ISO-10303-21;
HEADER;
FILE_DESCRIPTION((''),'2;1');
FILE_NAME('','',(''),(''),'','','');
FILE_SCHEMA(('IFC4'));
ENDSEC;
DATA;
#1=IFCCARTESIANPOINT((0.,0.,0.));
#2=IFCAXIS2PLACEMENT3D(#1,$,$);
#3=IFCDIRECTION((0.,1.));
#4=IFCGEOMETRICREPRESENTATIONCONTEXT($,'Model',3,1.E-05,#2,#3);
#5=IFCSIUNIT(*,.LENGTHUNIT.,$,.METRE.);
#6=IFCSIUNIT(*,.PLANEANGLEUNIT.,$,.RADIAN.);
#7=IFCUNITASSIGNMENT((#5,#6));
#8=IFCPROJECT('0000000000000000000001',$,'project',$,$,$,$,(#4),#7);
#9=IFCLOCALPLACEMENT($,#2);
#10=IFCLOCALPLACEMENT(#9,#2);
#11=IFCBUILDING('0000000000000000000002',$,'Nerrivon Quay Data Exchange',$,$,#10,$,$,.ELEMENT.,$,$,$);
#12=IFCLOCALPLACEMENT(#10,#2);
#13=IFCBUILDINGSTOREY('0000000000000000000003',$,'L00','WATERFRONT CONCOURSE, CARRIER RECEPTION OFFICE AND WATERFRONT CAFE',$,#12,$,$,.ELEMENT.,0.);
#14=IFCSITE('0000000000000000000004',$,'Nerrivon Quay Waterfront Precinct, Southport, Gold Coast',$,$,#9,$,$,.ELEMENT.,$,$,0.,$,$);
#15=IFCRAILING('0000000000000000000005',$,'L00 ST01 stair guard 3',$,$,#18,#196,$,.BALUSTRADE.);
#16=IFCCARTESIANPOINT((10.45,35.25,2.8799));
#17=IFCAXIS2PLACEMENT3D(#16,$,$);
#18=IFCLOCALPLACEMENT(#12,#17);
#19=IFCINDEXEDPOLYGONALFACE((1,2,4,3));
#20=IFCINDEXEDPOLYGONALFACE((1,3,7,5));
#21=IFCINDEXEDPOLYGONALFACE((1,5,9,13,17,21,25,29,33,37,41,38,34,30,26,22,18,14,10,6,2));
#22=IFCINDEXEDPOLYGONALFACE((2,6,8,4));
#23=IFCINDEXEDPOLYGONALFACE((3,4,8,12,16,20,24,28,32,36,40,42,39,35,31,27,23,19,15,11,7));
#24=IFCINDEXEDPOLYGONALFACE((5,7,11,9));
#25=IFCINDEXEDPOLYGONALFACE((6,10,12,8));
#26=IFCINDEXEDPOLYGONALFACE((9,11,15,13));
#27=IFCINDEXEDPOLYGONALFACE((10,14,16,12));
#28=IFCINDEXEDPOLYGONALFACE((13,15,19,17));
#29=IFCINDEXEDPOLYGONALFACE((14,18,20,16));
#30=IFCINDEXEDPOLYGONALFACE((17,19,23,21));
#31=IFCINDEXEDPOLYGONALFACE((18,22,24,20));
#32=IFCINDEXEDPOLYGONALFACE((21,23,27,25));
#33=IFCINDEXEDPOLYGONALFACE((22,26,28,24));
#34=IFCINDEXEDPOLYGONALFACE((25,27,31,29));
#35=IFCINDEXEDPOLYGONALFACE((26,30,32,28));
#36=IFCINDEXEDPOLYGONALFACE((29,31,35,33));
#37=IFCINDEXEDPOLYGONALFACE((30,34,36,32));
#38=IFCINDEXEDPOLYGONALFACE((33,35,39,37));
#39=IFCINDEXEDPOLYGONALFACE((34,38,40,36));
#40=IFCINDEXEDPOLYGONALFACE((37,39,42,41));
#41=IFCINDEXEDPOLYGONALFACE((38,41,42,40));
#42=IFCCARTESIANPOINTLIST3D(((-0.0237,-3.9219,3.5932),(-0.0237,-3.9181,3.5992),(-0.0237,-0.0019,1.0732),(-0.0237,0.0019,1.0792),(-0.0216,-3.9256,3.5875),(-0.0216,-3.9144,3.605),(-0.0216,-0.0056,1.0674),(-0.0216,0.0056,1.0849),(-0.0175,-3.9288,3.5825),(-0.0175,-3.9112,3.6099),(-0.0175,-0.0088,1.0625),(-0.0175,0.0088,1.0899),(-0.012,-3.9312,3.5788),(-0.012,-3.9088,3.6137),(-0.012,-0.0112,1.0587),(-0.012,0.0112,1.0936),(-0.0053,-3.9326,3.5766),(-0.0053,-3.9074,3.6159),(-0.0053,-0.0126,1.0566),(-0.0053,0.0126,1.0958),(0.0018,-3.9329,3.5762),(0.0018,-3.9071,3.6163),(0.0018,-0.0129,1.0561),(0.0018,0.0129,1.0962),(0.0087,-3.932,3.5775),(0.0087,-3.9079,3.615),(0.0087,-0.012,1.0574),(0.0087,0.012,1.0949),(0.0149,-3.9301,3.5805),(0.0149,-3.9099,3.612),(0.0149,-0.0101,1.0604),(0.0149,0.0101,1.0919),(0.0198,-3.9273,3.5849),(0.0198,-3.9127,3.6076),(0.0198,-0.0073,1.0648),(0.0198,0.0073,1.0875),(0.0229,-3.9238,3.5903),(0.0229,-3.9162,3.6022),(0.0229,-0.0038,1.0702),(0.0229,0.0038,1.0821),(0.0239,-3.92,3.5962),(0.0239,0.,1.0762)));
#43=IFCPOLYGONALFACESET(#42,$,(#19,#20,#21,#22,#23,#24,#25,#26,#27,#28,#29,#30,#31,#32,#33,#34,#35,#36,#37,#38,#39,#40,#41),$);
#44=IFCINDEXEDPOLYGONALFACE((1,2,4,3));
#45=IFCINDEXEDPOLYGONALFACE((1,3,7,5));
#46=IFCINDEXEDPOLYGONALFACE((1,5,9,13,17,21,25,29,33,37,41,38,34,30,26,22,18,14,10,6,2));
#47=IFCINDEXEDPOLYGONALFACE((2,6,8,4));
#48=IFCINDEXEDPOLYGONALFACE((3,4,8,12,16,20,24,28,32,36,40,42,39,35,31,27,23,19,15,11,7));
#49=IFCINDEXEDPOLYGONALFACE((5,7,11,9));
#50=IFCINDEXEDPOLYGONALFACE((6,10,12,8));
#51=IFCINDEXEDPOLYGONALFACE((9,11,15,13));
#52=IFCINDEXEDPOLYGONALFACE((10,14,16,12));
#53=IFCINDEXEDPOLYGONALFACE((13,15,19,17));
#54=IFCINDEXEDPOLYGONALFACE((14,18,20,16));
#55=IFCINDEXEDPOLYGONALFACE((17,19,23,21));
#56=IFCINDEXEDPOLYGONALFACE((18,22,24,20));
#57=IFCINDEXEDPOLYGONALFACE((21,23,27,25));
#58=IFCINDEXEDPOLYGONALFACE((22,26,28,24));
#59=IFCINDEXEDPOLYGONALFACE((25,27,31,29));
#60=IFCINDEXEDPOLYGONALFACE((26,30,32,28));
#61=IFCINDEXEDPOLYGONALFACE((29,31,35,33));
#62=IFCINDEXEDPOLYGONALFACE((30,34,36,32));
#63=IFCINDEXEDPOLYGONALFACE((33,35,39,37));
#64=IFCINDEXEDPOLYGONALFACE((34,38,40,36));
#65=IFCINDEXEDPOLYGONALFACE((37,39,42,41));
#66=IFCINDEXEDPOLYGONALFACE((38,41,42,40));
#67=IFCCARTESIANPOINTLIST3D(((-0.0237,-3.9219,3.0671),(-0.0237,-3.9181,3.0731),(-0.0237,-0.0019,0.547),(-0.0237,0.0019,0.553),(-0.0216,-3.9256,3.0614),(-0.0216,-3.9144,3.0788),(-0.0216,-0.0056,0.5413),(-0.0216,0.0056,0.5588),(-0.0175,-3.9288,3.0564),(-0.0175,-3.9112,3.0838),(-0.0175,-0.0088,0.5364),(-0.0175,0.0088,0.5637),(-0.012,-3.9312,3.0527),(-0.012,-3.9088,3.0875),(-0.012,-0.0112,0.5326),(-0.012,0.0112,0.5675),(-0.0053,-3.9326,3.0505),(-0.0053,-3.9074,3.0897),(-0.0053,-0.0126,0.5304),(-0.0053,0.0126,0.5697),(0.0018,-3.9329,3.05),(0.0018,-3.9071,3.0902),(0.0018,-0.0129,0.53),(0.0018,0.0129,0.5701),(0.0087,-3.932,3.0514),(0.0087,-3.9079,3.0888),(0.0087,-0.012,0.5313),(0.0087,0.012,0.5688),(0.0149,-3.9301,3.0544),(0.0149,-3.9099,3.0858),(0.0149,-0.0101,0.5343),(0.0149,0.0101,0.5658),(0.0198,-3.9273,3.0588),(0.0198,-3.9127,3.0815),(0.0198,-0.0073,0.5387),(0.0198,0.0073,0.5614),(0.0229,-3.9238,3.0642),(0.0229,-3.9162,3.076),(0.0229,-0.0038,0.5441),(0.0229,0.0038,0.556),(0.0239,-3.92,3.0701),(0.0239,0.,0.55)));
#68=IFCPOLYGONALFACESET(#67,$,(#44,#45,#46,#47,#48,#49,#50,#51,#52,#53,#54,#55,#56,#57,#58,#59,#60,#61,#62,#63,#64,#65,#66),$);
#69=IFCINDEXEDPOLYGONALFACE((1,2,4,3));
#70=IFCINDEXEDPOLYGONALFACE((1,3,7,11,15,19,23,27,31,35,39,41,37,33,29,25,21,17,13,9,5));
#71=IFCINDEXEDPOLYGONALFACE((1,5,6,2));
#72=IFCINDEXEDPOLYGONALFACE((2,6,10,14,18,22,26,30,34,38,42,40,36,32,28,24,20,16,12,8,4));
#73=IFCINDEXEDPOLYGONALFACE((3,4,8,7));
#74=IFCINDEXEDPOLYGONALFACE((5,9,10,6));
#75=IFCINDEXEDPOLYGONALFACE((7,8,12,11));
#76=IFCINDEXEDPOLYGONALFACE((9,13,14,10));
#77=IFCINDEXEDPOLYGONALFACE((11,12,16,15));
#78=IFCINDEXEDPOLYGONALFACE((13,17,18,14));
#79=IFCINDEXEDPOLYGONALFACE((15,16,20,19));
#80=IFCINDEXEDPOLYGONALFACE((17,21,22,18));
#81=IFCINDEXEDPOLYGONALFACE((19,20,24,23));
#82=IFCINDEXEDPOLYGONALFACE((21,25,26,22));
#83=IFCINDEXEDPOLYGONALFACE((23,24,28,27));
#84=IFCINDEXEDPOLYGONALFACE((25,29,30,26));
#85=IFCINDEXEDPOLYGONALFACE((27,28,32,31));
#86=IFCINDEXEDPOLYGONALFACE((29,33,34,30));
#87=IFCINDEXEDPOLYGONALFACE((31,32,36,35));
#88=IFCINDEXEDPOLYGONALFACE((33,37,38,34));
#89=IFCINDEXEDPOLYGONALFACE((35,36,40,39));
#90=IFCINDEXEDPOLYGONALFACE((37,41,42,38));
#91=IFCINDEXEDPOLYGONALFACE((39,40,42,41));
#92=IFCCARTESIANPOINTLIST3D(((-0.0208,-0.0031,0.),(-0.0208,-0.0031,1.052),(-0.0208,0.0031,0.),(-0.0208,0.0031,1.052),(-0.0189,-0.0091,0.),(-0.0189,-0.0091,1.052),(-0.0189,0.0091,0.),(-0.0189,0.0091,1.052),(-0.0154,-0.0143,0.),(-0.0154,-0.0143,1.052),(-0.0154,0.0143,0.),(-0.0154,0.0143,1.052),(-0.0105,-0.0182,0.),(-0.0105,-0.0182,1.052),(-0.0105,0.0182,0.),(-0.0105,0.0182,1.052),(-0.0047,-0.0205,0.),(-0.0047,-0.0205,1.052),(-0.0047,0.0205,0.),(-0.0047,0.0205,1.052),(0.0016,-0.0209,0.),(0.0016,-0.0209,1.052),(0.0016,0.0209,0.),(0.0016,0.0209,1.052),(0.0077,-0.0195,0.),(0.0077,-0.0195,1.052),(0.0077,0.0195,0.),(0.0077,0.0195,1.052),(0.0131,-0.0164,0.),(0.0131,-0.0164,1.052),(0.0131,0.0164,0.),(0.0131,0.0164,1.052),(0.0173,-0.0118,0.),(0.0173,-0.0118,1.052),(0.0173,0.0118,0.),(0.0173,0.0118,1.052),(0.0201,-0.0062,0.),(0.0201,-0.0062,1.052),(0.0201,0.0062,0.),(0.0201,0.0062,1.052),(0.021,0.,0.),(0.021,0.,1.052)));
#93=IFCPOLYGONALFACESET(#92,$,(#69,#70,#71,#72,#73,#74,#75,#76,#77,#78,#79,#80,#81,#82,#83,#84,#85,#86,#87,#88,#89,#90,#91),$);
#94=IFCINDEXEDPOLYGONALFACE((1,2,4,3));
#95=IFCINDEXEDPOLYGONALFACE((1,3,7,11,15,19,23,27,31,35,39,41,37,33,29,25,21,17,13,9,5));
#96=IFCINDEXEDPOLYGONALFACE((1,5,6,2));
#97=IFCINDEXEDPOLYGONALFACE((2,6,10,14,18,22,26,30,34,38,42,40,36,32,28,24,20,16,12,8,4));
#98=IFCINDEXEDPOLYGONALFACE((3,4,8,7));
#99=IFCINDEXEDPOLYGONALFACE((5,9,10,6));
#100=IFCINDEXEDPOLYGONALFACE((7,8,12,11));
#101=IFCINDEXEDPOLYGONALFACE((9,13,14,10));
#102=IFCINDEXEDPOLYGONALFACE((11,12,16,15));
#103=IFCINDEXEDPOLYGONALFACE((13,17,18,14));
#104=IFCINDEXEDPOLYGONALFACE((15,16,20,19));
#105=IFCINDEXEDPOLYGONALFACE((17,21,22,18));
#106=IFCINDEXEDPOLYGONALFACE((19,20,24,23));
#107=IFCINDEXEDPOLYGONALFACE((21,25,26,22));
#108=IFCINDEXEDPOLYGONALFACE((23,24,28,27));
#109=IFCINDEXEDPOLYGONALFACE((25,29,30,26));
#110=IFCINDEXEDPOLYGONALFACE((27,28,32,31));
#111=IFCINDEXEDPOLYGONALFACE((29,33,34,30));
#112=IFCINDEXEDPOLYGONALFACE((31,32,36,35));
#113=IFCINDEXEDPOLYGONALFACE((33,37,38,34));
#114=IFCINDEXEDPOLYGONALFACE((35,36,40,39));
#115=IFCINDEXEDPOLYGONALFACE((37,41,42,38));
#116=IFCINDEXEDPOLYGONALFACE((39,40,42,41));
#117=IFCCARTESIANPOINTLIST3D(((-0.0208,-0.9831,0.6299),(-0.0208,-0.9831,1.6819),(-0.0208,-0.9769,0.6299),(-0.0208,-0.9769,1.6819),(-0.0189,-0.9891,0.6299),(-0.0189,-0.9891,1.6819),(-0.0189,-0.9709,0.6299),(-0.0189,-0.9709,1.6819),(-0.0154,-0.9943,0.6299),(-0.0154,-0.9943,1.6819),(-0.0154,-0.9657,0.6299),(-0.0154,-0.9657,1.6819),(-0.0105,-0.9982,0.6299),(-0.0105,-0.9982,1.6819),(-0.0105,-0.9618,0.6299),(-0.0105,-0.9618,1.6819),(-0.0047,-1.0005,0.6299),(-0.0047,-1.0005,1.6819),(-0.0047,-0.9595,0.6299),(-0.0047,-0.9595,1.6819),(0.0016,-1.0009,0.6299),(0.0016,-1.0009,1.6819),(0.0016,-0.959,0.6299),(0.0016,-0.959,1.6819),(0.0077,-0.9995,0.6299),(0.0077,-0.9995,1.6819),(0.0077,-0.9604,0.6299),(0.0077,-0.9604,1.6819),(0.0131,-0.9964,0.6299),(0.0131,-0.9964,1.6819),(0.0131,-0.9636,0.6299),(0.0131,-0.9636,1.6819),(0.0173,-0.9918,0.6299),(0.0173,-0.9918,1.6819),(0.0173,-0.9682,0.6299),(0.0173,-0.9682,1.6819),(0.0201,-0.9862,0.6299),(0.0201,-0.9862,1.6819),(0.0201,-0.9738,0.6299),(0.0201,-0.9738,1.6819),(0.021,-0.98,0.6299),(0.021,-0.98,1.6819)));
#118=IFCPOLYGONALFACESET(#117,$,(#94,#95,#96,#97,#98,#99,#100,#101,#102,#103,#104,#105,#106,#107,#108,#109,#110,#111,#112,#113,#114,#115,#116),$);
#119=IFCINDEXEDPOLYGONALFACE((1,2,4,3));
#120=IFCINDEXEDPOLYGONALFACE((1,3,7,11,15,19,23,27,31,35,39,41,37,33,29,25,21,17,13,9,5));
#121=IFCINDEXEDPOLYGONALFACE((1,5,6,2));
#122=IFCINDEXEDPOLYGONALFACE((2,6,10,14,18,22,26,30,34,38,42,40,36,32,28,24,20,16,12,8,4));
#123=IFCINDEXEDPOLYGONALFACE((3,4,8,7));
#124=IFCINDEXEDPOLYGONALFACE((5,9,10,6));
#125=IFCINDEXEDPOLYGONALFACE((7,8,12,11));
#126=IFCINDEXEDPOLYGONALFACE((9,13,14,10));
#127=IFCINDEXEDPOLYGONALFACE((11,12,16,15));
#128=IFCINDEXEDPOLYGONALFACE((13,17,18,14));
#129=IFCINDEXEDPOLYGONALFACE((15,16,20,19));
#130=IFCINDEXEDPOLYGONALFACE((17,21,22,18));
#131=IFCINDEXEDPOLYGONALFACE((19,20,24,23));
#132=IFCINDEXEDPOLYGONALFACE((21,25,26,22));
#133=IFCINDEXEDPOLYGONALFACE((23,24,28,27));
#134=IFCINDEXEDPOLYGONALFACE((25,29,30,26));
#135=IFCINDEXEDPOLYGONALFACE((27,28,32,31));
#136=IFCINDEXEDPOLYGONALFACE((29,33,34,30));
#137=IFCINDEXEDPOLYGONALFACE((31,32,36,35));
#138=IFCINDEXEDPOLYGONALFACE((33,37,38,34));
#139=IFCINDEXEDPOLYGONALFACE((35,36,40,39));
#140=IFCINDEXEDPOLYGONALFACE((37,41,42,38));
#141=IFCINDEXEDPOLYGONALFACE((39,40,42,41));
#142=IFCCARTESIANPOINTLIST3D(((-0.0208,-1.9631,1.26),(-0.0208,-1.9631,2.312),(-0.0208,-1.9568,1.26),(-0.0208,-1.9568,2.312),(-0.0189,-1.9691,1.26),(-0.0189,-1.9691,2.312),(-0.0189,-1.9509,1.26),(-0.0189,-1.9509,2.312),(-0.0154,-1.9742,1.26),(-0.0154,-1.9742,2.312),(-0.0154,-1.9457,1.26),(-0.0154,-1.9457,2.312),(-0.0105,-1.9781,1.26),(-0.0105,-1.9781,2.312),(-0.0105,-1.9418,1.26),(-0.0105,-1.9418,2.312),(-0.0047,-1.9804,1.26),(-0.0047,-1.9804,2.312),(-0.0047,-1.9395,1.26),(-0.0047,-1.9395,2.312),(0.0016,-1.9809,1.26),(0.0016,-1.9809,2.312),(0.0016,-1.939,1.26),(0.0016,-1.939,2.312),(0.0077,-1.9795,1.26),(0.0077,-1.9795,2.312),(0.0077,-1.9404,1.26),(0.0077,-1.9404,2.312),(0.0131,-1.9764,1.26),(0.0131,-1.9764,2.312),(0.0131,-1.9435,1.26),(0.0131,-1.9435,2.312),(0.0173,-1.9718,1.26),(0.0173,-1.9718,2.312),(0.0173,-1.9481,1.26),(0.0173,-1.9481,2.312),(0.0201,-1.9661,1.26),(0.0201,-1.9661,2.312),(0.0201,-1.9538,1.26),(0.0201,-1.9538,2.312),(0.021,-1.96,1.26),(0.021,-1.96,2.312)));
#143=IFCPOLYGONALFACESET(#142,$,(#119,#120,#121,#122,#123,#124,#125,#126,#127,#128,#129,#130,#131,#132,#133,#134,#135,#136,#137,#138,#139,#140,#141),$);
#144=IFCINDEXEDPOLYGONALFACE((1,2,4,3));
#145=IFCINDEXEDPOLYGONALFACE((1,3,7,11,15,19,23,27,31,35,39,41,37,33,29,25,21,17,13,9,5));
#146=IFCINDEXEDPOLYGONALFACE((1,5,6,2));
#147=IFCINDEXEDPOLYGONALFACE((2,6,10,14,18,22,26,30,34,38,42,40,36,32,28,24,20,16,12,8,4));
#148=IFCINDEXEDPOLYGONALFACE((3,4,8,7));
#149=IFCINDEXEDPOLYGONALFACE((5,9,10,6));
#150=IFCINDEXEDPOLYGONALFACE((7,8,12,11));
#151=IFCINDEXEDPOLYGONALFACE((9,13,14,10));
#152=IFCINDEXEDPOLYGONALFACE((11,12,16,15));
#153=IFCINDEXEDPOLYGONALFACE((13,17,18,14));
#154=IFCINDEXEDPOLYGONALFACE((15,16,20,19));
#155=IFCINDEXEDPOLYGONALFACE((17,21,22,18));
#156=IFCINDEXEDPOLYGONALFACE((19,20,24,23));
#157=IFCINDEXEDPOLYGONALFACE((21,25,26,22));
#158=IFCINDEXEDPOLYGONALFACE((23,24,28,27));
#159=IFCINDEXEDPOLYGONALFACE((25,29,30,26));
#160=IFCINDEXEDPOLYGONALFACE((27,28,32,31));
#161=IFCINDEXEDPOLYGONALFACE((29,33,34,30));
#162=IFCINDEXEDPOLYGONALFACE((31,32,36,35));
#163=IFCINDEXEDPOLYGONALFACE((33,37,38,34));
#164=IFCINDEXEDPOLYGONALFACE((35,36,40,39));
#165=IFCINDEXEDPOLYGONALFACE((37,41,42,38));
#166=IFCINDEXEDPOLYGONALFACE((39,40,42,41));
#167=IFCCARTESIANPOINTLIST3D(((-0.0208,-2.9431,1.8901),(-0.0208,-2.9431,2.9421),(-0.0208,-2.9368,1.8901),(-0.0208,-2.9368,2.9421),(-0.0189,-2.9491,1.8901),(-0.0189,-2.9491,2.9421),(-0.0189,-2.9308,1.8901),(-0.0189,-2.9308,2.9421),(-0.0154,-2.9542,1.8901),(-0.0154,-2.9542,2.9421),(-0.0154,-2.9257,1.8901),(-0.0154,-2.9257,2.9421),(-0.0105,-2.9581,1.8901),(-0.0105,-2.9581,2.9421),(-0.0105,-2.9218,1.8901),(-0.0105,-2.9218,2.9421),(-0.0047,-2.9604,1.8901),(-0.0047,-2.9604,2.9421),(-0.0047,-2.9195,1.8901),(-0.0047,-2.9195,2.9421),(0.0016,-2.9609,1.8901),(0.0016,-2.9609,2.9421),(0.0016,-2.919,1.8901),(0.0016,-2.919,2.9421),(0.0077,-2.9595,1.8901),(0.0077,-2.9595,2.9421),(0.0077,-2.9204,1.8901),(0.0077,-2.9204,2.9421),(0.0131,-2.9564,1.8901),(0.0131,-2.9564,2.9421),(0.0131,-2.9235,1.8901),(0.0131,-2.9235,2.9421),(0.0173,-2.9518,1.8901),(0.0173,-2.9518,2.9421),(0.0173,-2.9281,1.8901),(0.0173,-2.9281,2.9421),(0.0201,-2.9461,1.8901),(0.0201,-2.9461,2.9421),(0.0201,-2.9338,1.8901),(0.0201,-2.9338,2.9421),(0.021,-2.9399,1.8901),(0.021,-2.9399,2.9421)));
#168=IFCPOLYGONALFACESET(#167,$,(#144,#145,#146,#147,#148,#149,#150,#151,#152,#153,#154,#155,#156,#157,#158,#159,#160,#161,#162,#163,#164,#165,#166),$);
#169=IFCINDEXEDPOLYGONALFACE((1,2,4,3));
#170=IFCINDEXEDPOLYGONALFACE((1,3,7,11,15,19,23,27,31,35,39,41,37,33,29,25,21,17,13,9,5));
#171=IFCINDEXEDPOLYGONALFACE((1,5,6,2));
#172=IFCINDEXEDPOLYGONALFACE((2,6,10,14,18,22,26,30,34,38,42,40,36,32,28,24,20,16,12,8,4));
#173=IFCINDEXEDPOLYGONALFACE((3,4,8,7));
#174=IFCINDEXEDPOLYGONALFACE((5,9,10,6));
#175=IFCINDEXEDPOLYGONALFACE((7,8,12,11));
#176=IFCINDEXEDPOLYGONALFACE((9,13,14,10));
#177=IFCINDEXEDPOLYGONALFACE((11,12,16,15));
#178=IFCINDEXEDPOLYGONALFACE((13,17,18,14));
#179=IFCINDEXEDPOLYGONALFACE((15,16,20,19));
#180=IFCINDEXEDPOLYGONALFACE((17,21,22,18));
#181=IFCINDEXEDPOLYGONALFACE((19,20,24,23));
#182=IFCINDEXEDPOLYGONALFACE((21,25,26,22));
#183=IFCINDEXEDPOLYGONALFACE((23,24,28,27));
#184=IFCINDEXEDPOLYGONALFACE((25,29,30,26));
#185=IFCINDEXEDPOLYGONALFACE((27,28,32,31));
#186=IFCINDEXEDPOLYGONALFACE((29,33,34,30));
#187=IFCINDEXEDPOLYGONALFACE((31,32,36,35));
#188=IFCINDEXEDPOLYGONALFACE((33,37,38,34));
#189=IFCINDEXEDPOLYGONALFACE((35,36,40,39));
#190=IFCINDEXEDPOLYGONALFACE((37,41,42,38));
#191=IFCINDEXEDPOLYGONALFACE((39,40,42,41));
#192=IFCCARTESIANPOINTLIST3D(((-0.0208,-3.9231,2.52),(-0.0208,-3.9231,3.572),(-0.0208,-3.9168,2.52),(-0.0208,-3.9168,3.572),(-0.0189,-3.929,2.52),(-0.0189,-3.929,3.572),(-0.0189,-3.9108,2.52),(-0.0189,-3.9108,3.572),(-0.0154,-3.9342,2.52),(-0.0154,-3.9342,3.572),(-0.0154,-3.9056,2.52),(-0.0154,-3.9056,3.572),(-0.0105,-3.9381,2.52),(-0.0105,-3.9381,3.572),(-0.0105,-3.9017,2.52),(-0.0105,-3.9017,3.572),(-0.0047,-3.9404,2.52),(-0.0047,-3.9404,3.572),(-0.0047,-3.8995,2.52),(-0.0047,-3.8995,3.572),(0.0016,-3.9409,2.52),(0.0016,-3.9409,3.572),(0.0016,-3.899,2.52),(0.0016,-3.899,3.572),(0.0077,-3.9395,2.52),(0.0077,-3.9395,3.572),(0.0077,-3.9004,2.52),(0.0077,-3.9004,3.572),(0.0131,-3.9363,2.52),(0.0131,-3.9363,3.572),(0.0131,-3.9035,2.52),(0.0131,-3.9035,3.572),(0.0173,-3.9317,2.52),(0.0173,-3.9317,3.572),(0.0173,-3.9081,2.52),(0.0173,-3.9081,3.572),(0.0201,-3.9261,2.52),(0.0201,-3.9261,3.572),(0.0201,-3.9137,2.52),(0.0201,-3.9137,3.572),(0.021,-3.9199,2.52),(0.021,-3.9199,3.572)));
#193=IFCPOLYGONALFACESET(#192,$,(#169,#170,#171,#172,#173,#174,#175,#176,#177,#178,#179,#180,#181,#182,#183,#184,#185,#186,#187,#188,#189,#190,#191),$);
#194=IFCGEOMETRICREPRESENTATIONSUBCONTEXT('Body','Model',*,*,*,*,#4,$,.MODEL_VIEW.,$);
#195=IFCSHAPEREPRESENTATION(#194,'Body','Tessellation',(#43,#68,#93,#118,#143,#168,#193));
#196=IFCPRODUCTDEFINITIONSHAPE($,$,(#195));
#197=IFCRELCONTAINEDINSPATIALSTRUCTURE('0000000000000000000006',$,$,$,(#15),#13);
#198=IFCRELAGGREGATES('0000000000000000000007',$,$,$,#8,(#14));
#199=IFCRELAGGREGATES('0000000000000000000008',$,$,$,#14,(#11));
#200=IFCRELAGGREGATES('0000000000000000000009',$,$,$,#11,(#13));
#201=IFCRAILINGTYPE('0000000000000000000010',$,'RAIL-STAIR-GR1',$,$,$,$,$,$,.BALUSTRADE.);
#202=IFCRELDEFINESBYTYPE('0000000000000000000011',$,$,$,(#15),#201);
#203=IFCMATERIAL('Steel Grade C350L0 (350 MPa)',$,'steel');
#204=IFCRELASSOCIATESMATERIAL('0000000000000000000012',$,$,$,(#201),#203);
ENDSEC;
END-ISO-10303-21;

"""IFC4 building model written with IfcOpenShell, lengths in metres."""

from ifc_helpers import new_model, si_unit, direction, frame, origin, origin_2d, place, context, subcontext, project, spatial, circle, extrude, material, type_object, element, save


model = new_model("IFC4")

# Units and contexts
model_context = context("Model", 3, precision=1e-05, world=origin(), true_north=direction((0.0, 1.0)))
body_context = subcontext(model_context, "Body", "Model", "MODEL_VIEW")
ifc_project = project(units=[si_unit("LENGTHUNIT", "METRE"), si_unit("PLANEANGLEUNIT", "RADIAN")], contexts=[model_context])

# Site, building, storey
site_placement = place(None, origin())
site = spatial("IfcSite", under=ifc_project, at=site_placement, Name="Nerrivon Quay Waterfront Precinct, Southport, Gold Coast", CompositionType="ELEMENT", RefElevation=0.0)
building_placement = place(site_placement, origin())
building = spatial("IfcBuilding", under=site, at=building_placement, Name="Nerrivon Quay Data Exchange", CompositionType="ELEMENT")
storey_placement = place(building_placement, origin())
storey = spatial("IfcBuildingStorey", under=building, at=storey_placement, Name="L00", Description="WATERFRONT CONCOURSE, CARRIER RECEPTION OFFICE AND WATERFRONT CAFE", CompositionType="ELEMENT", Elevation=0.0)

# Railing
ifc_material_1 = material(Name="Steel Grade C350L0 (350 MPa)", Category="steel")
railing_type_1 = type_object("IfcRailingType", Name="RAIL-STAIR-GR1", PredefinedType="BALUSTRADE", material=ifc_material_1)
railing_1_placement = place(storey_placement, frame((10.45, 35.25, 2.8799)))
element("IfcRailing", 1, at=railing_1_placement, inside=storey, type_object=railing_type_1, Name="L00 ST01 stair guard 3", PredefinedType="BALUSTRADE", context=body_context, shape_type="SweptSolid", body=[
    extrude(circle(Radius=0.0239, at=origin_2d()), frame((0.0, 0.0, 1.0762), z_axis=(0.0, -0.841172, 0.540768), x_axis=(1.0, 0.0, 0.0)), (0.0, 0.0, 1.0), 4.6602),
    extrude(circle(Radius=0.0239, at=origin_2d()), frame((0.0, 0.0, 0.55), z_axis=(0.0, -0.841172, 0.540768), x_axis=(1.0, 0.0, 0.0)), (0.0, 0.0, 1.0), 4.6602),
    extrude(circle(Radius=0.021, at=origin_2d()), origin(), (0.0, 0.0, 1.0), 1.052),
    extrude(circle(Radius=0.021, at=origin_2d()), frame((0.0, -0.98, 0.6299)), (0.0, 0.0, 1.0), 1.052),
    extrude(circle(Radius=0.021, at=origin_2d()), frame((0.0, -1.96, 1.26)), (0.0, 0.0, 1.0), 1.052),
    extrude(circle(Radius=0.021, at=origin_2d()), frame((0.0, -2.9399, 1.8901)), (0.0, 0.0, 1.0), 1.052),
    extrude(circle(Radius=0.021, at=origin_2d()), frame((0.0, -3.9199, 2.52)), (0.0, 0.0, 1.0), 1.052),
])

save(model, "model.ifc")
